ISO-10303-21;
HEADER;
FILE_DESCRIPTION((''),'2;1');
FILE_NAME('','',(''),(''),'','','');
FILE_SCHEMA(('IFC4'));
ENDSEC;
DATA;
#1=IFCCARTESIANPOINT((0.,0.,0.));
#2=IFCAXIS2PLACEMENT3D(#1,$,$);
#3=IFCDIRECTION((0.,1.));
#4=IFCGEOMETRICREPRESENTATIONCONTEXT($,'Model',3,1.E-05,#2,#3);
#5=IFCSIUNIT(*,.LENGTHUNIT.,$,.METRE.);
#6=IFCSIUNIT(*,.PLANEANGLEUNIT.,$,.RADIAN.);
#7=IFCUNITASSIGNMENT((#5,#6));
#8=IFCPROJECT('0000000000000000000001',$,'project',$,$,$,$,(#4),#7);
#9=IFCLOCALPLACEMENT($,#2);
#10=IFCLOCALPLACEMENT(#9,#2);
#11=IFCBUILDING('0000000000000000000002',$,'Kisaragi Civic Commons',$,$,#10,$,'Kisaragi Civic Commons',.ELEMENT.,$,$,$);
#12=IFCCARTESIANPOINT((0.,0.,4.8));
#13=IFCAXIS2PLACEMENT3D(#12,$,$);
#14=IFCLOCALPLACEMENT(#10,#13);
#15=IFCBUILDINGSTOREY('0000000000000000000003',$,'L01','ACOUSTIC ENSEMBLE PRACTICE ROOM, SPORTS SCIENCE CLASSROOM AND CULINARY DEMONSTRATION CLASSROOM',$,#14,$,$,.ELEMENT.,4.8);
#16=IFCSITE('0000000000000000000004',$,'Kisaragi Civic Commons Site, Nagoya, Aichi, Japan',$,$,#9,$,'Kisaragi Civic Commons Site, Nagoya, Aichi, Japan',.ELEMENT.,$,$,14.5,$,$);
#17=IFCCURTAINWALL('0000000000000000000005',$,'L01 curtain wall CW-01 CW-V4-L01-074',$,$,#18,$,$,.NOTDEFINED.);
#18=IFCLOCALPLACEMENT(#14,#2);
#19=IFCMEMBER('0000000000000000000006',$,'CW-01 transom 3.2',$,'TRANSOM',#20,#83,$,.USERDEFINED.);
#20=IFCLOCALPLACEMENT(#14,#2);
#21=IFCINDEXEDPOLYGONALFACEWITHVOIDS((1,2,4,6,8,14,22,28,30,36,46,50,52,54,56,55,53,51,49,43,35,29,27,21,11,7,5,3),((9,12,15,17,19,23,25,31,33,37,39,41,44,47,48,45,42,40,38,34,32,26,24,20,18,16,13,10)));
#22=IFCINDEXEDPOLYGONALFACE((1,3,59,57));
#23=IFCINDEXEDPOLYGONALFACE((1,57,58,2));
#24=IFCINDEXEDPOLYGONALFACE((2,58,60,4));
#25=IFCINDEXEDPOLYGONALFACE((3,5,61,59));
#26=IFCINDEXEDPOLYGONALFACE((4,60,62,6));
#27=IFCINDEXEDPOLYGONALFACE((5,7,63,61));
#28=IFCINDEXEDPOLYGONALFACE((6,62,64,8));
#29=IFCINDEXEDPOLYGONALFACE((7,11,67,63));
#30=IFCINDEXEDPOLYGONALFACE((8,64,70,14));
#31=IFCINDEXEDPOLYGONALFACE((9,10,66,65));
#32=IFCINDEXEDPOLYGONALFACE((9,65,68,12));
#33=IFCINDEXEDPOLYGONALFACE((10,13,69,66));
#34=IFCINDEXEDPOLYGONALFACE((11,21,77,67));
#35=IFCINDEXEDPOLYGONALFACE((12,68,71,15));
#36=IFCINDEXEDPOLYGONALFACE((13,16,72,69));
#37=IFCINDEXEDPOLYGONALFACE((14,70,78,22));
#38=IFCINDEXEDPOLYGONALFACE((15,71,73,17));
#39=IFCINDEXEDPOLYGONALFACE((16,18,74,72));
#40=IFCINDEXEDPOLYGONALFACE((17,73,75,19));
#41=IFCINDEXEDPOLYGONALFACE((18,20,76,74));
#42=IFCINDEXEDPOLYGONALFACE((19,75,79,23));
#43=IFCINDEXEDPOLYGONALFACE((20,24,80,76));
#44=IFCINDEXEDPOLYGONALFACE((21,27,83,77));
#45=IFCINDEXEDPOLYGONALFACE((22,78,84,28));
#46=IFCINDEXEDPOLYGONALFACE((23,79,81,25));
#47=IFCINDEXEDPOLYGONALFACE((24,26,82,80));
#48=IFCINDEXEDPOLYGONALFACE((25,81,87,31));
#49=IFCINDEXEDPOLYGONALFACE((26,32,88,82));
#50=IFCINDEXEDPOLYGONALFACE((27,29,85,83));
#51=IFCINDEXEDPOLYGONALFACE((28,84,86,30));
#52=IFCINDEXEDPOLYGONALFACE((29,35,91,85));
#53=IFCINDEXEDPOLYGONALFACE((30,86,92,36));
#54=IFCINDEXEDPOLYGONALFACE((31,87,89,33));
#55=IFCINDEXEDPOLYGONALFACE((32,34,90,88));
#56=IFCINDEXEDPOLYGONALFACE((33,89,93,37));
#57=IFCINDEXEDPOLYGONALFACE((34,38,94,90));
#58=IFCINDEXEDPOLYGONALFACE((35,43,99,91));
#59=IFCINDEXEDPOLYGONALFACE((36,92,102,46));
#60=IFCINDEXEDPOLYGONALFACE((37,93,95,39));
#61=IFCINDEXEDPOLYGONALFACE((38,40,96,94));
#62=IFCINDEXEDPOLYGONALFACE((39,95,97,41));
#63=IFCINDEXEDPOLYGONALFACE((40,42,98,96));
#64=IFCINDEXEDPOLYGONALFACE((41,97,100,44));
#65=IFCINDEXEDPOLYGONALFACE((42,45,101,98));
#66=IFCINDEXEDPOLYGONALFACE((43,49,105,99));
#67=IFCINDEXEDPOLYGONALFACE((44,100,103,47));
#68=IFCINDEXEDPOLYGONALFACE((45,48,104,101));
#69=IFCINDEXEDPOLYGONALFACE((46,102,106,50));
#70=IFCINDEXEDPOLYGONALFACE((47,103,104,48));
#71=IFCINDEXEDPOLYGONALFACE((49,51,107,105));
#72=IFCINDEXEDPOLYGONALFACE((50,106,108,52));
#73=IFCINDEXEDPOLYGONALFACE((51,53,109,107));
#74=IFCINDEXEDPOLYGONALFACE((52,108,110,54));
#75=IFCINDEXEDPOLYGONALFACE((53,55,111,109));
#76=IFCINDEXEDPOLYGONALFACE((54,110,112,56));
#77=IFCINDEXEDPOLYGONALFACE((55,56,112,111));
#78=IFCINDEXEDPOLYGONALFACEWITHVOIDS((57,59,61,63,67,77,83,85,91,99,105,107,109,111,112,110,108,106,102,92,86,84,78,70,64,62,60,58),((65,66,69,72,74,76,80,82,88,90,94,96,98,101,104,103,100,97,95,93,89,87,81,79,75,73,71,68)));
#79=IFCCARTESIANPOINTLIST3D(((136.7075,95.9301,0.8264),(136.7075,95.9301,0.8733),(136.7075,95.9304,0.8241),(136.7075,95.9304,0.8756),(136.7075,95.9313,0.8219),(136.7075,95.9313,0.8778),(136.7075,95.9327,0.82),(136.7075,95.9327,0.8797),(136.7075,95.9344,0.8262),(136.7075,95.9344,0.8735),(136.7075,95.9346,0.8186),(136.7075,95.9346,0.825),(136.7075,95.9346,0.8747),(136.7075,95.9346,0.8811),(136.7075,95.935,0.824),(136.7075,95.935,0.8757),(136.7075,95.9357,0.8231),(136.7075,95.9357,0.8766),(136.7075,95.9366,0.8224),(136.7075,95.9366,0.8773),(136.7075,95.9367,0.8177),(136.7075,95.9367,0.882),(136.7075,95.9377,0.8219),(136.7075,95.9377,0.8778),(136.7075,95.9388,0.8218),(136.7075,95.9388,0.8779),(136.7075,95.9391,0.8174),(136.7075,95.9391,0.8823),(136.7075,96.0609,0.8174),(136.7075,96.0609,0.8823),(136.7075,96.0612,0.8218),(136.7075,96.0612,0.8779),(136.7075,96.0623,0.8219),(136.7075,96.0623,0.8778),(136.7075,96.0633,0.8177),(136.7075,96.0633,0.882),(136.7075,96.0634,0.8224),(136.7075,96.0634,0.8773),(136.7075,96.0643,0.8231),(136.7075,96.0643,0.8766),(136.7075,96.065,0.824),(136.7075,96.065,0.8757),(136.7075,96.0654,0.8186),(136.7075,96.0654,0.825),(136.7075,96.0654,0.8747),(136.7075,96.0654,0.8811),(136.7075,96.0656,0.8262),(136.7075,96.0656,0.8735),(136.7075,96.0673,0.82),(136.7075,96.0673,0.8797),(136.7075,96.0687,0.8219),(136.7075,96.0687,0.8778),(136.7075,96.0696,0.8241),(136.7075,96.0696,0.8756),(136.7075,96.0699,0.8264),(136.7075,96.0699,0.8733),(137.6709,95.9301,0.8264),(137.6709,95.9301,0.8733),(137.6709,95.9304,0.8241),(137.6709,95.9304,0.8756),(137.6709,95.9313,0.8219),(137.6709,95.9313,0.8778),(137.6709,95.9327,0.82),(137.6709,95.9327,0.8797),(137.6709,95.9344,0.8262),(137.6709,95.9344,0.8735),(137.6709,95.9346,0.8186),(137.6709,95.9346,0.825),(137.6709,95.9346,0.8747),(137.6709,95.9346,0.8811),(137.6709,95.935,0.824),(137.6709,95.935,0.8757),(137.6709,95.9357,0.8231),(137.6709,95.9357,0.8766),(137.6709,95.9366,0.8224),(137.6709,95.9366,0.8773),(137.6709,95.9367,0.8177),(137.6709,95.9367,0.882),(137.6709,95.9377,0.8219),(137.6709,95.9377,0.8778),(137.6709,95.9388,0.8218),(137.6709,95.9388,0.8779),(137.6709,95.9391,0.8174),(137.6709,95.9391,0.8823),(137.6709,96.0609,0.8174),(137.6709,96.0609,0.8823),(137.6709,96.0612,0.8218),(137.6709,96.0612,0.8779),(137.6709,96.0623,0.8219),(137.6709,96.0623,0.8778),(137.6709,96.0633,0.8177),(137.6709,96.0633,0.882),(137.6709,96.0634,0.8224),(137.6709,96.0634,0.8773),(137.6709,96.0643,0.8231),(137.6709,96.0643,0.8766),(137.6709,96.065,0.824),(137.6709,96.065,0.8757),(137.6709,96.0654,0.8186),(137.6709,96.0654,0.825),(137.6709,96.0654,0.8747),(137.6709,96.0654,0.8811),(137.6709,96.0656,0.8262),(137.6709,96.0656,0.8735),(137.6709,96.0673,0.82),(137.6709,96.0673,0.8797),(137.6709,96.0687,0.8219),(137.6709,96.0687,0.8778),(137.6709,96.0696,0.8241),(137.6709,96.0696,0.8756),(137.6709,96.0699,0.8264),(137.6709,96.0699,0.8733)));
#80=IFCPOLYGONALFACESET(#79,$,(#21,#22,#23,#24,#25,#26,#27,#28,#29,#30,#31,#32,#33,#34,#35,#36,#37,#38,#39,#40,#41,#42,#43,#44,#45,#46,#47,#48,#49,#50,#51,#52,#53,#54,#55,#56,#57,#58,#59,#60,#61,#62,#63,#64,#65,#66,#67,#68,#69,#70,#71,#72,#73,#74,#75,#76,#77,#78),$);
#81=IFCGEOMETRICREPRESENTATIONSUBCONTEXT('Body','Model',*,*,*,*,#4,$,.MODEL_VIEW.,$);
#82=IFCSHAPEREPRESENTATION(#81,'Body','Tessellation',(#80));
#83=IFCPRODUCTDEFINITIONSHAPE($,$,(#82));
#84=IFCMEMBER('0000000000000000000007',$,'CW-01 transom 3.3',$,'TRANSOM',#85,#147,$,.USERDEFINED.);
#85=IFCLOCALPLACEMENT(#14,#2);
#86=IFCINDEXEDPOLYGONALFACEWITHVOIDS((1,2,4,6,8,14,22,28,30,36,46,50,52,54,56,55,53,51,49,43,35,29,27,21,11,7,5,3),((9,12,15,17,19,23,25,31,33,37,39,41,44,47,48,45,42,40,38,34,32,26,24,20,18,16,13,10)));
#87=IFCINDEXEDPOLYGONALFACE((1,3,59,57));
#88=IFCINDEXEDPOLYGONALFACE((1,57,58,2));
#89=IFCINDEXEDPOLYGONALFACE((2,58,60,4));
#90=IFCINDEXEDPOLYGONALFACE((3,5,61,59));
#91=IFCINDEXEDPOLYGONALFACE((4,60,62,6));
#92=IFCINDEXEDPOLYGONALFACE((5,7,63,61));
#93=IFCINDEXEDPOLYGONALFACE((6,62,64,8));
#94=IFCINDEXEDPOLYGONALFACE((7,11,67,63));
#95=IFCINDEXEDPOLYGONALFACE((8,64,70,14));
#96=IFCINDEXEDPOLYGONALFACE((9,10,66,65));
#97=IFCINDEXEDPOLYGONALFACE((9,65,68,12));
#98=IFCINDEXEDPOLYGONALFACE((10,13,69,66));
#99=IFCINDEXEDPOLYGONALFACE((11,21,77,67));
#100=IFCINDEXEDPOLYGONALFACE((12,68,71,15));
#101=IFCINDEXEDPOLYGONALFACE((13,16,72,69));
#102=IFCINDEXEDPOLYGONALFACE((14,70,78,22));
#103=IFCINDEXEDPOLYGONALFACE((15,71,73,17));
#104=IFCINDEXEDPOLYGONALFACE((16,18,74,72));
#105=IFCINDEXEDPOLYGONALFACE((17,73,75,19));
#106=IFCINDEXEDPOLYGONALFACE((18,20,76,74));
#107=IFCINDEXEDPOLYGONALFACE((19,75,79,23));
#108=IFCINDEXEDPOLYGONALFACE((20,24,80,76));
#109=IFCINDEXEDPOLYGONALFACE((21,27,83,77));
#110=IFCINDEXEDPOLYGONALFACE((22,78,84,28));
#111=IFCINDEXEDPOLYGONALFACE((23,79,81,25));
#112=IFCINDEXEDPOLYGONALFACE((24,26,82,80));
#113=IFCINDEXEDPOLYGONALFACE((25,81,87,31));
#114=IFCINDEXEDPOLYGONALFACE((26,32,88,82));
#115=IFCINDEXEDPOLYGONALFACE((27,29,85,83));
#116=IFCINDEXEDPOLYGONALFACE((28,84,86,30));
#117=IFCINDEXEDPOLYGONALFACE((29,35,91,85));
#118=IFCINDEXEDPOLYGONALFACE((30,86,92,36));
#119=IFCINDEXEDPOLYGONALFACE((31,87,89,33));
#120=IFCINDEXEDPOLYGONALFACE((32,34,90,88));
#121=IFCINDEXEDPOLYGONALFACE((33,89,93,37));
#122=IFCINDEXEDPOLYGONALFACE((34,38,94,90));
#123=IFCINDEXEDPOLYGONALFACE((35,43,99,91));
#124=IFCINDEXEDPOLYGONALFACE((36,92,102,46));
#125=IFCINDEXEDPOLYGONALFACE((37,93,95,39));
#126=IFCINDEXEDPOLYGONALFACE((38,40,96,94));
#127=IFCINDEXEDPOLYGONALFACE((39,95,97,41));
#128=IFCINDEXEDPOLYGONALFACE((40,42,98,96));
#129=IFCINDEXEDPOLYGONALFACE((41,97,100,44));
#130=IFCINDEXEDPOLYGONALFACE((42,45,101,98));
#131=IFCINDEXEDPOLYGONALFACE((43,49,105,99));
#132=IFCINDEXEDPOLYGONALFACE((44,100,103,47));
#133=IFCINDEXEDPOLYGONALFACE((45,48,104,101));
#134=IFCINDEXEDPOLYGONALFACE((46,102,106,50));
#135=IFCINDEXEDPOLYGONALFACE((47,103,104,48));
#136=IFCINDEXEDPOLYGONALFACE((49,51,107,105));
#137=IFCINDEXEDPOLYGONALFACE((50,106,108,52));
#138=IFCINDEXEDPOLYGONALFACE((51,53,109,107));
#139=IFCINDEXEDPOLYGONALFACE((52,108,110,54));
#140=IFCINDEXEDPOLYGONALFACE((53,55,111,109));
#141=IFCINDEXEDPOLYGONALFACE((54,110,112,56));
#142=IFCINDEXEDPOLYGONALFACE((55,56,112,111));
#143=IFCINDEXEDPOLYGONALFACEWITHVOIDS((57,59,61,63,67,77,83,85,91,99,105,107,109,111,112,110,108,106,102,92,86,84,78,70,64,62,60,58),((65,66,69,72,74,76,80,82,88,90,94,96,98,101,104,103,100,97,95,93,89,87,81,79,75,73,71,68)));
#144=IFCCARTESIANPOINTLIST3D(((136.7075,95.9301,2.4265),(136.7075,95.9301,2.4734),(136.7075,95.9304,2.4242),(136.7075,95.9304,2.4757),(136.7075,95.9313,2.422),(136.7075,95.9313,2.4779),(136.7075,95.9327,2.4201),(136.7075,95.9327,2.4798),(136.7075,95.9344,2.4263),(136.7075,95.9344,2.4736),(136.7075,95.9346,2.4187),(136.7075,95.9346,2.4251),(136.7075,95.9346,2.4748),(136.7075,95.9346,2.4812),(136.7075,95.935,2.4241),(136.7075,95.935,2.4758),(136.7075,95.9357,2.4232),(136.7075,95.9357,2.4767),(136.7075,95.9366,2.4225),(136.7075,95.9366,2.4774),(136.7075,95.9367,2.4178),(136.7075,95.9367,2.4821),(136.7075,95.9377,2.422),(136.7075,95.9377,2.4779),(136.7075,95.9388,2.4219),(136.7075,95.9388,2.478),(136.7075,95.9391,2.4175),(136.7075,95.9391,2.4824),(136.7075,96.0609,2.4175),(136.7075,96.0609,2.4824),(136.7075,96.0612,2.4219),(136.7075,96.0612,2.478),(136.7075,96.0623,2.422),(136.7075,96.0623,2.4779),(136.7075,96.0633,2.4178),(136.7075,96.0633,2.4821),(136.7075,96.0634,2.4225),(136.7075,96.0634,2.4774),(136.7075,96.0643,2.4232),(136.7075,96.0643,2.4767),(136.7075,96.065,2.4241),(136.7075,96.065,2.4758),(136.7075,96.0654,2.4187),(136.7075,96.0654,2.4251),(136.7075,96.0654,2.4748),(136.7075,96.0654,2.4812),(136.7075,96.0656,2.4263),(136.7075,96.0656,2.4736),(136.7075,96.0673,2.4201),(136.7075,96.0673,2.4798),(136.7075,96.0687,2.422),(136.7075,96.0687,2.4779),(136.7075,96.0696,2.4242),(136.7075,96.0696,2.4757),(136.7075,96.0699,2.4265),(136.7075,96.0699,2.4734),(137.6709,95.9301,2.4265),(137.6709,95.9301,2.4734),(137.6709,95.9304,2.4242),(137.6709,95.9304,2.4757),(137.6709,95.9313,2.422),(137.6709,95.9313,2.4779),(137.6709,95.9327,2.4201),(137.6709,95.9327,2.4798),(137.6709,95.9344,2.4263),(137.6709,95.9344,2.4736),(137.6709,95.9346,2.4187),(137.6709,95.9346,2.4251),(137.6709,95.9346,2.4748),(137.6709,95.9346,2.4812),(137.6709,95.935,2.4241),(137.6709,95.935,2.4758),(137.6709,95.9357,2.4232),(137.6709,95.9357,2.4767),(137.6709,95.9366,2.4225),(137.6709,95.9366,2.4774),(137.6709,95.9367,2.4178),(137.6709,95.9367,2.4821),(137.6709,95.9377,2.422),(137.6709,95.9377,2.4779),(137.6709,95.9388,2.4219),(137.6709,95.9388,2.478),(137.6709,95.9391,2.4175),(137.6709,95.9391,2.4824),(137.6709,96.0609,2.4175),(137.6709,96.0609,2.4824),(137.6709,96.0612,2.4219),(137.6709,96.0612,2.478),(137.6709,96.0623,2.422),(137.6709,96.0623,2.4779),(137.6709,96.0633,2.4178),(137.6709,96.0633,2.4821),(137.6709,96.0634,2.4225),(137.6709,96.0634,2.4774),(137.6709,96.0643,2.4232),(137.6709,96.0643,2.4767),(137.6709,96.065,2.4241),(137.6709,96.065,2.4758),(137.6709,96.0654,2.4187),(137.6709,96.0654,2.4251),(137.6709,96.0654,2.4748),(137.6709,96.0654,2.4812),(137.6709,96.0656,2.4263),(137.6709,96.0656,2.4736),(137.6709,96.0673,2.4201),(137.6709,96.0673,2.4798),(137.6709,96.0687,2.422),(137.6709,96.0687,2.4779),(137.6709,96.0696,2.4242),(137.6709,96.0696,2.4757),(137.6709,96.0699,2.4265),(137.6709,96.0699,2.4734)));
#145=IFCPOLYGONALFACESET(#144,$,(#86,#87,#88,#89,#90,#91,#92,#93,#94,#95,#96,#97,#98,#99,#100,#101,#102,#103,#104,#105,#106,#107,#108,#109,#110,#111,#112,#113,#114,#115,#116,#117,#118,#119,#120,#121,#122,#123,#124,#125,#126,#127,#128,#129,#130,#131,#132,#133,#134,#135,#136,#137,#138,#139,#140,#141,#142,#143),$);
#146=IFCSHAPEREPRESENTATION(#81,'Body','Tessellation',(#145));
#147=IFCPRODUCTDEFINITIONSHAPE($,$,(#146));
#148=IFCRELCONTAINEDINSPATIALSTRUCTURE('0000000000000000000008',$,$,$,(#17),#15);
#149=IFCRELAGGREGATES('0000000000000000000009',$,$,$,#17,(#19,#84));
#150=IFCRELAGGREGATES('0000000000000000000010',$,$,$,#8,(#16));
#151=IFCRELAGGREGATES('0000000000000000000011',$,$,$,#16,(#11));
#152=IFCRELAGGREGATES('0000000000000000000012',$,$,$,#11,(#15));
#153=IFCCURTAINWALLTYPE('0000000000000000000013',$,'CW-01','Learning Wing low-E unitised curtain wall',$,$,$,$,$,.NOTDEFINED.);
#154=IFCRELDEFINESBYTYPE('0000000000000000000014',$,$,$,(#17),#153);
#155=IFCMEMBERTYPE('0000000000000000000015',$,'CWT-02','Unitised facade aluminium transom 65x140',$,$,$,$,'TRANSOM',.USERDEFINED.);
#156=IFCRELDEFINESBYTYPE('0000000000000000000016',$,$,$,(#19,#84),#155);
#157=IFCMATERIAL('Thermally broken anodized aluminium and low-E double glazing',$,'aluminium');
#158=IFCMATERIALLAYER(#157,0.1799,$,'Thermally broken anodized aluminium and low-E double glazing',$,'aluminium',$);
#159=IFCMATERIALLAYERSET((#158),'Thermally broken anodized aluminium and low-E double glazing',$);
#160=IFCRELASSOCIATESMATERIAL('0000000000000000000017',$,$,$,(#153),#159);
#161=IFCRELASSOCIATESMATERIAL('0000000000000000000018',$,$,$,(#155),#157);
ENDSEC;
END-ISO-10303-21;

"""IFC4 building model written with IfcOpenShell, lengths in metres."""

from ifc_helpers import new_model, si_unit, direction, frame, origin, origin_2d, place, context, subcontext, project, spatial, hollow_rectangle, extrude, material, layer, layer_set, material_profile, profile_set, type_object, element, aggregate, save


model = new_model("IFC4")

# Units and contexts
model_context = context("Model", 3, precision=1e-05, world=origin(), true_north=direction((0.0, 1.0)))
body_context = subcontext(model_context, "Body", "Model", "MODEL_VIEW")
ifc_project = project(units=[si_unit("LENGTHUNIT", "METRE"), si_unit("PLANEANGLEUNIT", "RADIAN")], contexts=[model_context])

# Site, building, storey
site_placement = place(None, origin())
site = spatial("IfcSite", under=ifc_project, at=site_placement, Name="Kisaragi Civic Commons Site, Nagoya, Aichi, Japan", LongName="Kisaragi Civic Commons Site, Nagoya, Aichi, Japan", CompositionType="ELEMENT", RefElevation=14.5)
building_placement = place(site_placement, origin())
building = spatial("IfcBuilding", under=site, at=building_placement, Name="Kisaragi Civic Commons", LongName="Kisaragi Civic Commons", CompositionType="ELEMENT")
storey_placement = place(building_placement, frame((0.0, 0.0, 4.8)))
storey = spatial("IfcBuildingStorey", under=building, at=storey_placement, Name="L01", Description="ACOUSTIC ENSEMBLE PRACTICE ROOM, SPORTS SCIENCE CLASSROOM AND CULINARY DEMONSTRATION CLASSROOM", CompositionType="ELEMENT", Elevation=4.8)

# Curtain wall, members
ifc_material = material(Name="Thermally broken anodized aluminium and low-E double glazing", Category="aluminium")
ifc_layer_1 = layer(ifc_material, 0.1799, Name="Thermally broken anodized aluminium and low-E double glazing", Category="aluminium")
ifc_layer_set_1 = layer_set([ifc_layer_1], Name="Thermally broken anodized aluminium and low-E double glazing")
curtain_wall_type = type_object("IfcCurtainWallType", Name="CW-01", Description="Learning Wing low-E unitised curtain wall", PredefinedType="NOTDEFINED", material=ifc_layer_set_1)
curtain_wall_placement = place(storey_placement, origin())
curtain_wall = element("IfcCurtainWall", 1, at=curtain_wall_placement, inside=storey, type_object=curtain_wall_type, Name="L01 curtain wall CW-01 CW-V4-L01-074", PredefinedType="NOTDEFINED")
ifc_material_profile_1 = material_profile(ifc_material, hollow_rectangle(XDim=0.1399, YDim=0.0649, WallThickness=0.0044, InnerFilletRadius=0.0044, OuterFilletRadius=0.009, at=origin_2d()), Name="CWT-65x140x4.5", Category="aluminium")
ifc_profile_set_1 = profile_set([ifc_material_profile_1], Name="Thermally broken anodized aluminium and low-E double glazing")
member_type_1 = type_object("IfcMemberType", Name="CWT-02", Description="Unitised facade aluminium transom 65x140", ElementType="TRANSOM", PredefinedType="USERDEFINED", material=ifc_profile_set_1)
member_1_placement = place(storey_placement, frame((137.6709, 96.0, 0.8499), z_axis=(-1.0, 0.0, 0.0), x_axis=(0.0, -1.0, 0.0)))
member_1 = element("IfcMember", 2, at=member_1_placement, type_object=member_type_1, Name="CW-01 transom 3.2", ObjectType="TRANSOM", PredefinedType="USERDEFINED", context=body_context, shape_type="SweptSolid", body=[
    extrude(hollow_rectangle(XDim=0.1399, YDim=0.0649, WallThickness=0.0044, InnerFilletRadius=0.0044, OuterFilletRadius=0.009, at=origin_2d()), origin(), (0.0, 0.0, 1.0), 0.9634),
])
member_2_placement = place(storey_placement, frame((137.6709, 96.0, 2.45), z_axis=(-1.0, 0.0, 0.0), x_axis=(0.0, -1.0, 0.0)))
member_2 = element("IfcMember", 3, at=member_2_placement, type_object=member_type_1, Name="CW-01 transom 3.3", ObjectType="TRANSOM", PredefinedType="USERDEFINED", context=body_context, shape_type="SweptSolid", body=[
    extrude(hollow_rectangle(XDim=0.1399, YDim=0.0649, WallThickness=0.0044, InnerFilletRadius=0.0044, OuterFilletRadius=0.009, at=origin_2d()), origin(), (0.0, 0.0, 1.0), 0.9634),
])
aggregate(curtain_wall, [member_1, member_2])

save(model, "model.ifc")
